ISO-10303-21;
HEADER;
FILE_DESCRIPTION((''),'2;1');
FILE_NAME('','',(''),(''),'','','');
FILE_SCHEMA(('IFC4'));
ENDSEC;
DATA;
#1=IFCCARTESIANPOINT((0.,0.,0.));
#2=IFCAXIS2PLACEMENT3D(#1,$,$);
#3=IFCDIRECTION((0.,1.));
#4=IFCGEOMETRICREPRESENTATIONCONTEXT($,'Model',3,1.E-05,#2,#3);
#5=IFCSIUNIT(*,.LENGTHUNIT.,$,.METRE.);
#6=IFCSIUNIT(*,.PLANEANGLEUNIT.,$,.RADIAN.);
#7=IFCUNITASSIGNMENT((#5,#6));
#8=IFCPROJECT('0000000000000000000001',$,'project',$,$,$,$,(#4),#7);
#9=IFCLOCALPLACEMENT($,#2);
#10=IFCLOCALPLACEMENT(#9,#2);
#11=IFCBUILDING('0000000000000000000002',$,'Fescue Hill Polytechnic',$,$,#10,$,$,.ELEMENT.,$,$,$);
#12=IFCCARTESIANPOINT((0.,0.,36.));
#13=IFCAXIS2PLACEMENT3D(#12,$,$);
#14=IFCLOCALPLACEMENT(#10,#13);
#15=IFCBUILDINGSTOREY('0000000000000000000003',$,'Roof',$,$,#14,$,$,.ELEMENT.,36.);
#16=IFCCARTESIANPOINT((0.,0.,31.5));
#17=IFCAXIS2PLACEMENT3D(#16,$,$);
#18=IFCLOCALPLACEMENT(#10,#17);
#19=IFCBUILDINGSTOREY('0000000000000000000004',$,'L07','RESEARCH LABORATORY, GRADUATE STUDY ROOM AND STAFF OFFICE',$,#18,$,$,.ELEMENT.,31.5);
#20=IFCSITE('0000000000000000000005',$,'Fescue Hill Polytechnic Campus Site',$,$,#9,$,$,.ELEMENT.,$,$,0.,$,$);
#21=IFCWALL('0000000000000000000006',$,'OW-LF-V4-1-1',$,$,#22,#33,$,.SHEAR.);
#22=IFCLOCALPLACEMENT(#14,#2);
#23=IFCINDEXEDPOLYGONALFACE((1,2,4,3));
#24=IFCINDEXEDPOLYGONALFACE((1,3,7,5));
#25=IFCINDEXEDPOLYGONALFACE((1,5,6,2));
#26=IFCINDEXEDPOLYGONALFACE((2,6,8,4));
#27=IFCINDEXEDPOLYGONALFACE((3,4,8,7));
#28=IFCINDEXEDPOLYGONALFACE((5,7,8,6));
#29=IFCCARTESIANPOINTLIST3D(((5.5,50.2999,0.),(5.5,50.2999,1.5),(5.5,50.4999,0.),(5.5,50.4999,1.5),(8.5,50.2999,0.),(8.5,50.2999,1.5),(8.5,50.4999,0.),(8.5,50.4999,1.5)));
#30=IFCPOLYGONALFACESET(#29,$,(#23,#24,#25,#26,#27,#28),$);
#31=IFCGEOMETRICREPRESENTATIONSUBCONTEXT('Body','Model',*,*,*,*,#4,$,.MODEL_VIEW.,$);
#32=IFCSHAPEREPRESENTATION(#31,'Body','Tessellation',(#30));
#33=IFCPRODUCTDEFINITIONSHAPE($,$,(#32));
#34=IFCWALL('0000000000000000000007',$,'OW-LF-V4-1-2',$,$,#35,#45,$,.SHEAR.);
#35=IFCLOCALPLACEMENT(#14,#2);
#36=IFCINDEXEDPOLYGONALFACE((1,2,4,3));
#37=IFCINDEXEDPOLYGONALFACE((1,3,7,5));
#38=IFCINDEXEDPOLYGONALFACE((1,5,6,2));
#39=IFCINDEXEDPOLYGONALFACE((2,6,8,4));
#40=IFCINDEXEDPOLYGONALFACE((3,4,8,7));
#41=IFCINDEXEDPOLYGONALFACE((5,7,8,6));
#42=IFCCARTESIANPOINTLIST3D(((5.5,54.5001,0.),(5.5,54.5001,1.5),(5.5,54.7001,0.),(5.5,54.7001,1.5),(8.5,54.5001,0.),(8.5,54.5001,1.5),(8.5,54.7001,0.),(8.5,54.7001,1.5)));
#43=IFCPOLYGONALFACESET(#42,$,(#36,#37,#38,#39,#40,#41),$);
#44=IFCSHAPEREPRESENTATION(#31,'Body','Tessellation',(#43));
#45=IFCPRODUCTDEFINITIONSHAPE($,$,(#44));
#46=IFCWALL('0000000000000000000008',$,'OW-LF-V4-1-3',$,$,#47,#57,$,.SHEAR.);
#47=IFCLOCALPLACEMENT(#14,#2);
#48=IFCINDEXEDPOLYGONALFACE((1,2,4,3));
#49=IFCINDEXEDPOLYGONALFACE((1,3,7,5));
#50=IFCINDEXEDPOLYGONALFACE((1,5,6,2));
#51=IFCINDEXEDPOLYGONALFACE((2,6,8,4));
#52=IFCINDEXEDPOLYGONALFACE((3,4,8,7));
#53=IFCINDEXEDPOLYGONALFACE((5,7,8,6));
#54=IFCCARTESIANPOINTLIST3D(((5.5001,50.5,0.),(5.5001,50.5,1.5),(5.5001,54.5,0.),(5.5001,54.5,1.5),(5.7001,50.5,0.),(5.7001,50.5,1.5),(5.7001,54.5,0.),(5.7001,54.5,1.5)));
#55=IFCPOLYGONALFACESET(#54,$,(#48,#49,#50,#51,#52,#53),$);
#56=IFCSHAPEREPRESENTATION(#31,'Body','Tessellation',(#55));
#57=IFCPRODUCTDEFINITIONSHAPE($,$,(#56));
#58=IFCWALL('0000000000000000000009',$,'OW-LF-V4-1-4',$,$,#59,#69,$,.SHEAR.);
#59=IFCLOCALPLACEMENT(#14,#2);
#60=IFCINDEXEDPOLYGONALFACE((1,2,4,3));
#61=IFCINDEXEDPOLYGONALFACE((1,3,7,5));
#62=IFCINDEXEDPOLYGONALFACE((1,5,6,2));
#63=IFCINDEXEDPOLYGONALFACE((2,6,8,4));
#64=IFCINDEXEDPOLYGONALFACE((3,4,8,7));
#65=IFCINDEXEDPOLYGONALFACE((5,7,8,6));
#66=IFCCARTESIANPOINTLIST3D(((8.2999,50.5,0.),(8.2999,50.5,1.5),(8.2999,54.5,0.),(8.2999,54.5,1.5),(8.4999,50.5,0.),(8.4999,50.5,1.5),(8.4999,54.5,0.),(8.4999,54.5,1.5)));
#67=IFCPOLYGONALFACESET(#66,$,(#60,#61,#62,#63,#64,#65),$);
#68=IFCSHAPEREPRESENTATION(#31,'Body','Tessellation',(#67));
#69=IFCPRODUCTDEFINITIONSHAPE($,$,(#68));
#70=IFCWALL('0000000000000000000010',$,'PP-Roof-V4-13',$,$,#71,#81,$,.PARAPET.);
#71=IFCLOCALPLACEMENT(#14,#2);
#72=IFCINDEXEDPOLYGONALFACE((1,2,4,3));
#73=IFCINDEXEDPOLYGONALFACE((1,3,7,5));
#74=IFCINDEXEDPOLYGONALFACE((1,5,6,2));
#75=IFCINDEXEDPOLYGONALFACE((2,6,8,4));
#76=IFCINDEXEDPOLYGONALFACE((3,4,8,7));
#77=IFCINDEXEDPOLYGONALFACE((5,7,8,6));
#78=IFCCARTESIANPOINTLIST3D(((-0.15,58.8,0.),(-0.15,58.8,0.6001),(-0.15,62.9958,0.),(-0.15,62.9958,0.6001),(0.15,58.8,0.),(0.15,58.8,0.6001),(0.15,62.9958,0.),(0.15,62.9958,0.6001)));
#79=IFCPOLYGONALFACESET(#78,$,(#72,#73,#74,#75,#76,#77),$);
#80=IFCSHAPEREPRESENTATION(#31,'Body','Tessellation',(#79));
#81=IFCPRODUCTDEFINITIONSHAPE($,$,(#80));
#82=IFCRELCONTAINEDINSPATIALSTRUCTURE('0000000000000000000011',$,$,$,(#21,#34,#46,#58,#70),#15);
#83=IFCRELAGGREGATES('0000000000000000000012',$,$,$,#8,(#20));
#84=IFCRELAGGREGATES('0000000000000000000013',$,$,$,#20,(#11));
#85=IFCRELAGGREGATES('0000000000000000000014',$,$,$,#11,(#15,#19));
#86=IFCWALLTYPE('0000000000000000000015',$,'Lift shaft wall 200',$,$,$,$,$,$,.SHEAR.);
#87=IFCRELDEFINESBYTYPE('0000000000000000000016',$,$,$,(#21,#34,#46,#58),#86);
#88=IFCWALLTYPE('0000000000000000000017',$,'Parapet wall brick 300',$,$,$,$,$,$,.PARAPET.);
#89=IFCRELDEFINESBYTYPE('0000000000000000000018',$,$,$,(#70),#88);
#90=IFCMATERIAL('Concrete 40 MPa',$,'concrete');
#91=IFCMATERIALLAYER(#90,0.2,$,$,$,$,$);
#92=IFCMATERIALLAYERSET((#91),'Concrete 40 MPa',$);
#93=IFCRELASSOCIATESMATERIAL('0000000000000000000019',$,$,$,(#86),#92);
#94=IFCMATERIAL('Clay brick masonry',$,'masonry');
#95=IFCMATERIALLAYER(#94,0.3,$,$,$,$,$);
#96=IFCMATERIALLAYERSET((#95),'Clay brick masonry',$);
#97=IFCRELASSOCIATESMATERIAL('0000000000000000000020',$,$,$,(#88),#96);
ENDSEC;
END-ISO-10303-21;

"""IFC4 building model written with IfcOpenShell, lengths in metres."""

from ifc_helpers import new_model, si_unit, direction, frame, frame_2d, origin, place, context, subcontext, project, spatial, rectangle, extrude, material, layer, layer_set, type_object, element, save


model = new_model("IFC4")

# Units and contexts
model_context = context("Model", 3, precision=1e-05, world=origin(), true_north=direction((0.0, 1.0)))
body_context = subcontext(model_context, "Body", "Model", "MODEL_VIEW")
ifc_project = project(units=[si_unit("LENGTHUNIT", "METRE"), si_unit("PLANEANGLEUNIT", "RADIAN")], contexts=[model_context])

# Site, building, storey
site_placement = place(None, origin())
site = spatial("IfcSite", under=ifc_project, at=site_placement, Name="Fescue Hill Polytechnic Campus Site", CompositionType="ELEMENT", RefElevation=0.0)
building_placement = place(site_placement, origin())
building = spatial("IfcBuilding", under=site, at=building_placement, Name="Fescue Hill Polytechnic", CompositionType="ELEMENT")
storey_1_placement = place(building_placement, frame((0.0, 0.0, 36.0)))
storey_1 = spatial("IfcBuildingStorey", under=building, at=storey_1_placement, Name="Roof", CompositionType="ELEMENT", Elevation=36.0)

# Shared definitions
ifc_material_1 = material(Name="Concrete 40 MPa", Category="concrete")

# Shared definitions
storey_2_placement = place(building_placement, frame((0.0, 0.0, 31.5)))
storey_2 = spatial("IfcBuildingStorey", under=building, at=storey_2_placement, Name="L07", Description="RESEARCH LABORATORY, GRADUATE STUDY ROOM AND STAFF OFFICE", CompositionType="ELEMENT", Elevation=31.5)

# Walls
ifc_material_2 = material(Name="Clay brick masonry", Category="masonry")
ifc_layer_1 = layer(ifc_material_1, 0.2)
ifc_layer_set_1 = layer_set([ifc_layer_1], Name="Concrete 40 MPa")
wall_type_1 = type_object("IfcWallType", Name="Lift shaft wall 200", PredefinedType="SHEAR", material=ifc_layer_set_1)
for number, where, z_axis, x_axis, name in (
    (1, (5.5, 50.3999, 0.0), (0.0, 0.0, 1.0), (1.0, 0.0, 0.0), "OW-LF-V4-1-1"),
    (2, (5.5, 54.6001, 0.0), (0.0, 0.0, 1.0), (1.0, 0.0, 0.0), "OW-LF-V4-1-2"),
):
    element("IfcWall", number, at=place(storey_1_placement, frame(where, z_axis=z_axis, x_axis=x_axis)), inside=storey_1, type_object=wall_type_1, Name=name, PredefinedType="SHEAR", context=body_context, shape_type="SweptSolid", body=[
        extrude(rectangle(XDim=3.0, YDim=0.2, at=frame_2d((1.5, 0.0))), origin(), (0.0, 0.0, 1.0), 1.5),
    ])
for number, where, z_axis, x_axis, name in (
    (3, (5.6001, 50.5, 0.0), (0.0, 0.0, 1.0), (0.0, 1.0, 0.0), "OW-LF-V4-1-3"),
    (4, (8.3999, 50.5, 0.0), (0.0, 0.0, 1.0), (0.0, 1.0, 0.0), "OW-LF-V4-1-4"),
):
    element("IfcWall", number, at=place(storey_1_placement, frame(where, z_axis=z_axis, x_axis=x_axis)), inside=storey_1, type_object=wall_type_1, Name=name, PredefinedType="SHEAR", context=body_context, shape_type="SweptSolid", body=[
        extrude(rectangle(XDim=4.0, YDim=0.2, at=frame_2d((2.0, 0.0))), origin(), (0.0, 0.0, 1.0), 1.5),
    ])
ifc_layer_2 = layer(ifc_material_2, 0.3)
ifc_layer_set_2 = layer_set([ifc_layer_2], Name="Clay brick masonry")
wall_type_2 = type_object("IfcWallType", Name="Parapet wall brick 300", PredefinedType="PARAPET", material=ifc_layer_set_2)
wall_1_placement = place(storey_1_placement, frame((0.0, 58.8, 0.0), z_axis=(0.0, 0.0, 1.0), x_axis=(0.0, 1.0, 0.0)))
element("IfcWall", 5, at=wall_1_placement, inside=storey_1, type_object=wall_type_2, Name="PP-Roof-V4-13", PredefinedType="PARAPET", context=body_context, shape_type="SweptSolid", body=[
    extrude(rectangle(XDim=4.1958, YDim=0.3, at=frame_2d((2.0979, 0.0))), origin(), (0.0, 0.0, 1.0), 0.6001),
])

save(model, "model.ifc")
